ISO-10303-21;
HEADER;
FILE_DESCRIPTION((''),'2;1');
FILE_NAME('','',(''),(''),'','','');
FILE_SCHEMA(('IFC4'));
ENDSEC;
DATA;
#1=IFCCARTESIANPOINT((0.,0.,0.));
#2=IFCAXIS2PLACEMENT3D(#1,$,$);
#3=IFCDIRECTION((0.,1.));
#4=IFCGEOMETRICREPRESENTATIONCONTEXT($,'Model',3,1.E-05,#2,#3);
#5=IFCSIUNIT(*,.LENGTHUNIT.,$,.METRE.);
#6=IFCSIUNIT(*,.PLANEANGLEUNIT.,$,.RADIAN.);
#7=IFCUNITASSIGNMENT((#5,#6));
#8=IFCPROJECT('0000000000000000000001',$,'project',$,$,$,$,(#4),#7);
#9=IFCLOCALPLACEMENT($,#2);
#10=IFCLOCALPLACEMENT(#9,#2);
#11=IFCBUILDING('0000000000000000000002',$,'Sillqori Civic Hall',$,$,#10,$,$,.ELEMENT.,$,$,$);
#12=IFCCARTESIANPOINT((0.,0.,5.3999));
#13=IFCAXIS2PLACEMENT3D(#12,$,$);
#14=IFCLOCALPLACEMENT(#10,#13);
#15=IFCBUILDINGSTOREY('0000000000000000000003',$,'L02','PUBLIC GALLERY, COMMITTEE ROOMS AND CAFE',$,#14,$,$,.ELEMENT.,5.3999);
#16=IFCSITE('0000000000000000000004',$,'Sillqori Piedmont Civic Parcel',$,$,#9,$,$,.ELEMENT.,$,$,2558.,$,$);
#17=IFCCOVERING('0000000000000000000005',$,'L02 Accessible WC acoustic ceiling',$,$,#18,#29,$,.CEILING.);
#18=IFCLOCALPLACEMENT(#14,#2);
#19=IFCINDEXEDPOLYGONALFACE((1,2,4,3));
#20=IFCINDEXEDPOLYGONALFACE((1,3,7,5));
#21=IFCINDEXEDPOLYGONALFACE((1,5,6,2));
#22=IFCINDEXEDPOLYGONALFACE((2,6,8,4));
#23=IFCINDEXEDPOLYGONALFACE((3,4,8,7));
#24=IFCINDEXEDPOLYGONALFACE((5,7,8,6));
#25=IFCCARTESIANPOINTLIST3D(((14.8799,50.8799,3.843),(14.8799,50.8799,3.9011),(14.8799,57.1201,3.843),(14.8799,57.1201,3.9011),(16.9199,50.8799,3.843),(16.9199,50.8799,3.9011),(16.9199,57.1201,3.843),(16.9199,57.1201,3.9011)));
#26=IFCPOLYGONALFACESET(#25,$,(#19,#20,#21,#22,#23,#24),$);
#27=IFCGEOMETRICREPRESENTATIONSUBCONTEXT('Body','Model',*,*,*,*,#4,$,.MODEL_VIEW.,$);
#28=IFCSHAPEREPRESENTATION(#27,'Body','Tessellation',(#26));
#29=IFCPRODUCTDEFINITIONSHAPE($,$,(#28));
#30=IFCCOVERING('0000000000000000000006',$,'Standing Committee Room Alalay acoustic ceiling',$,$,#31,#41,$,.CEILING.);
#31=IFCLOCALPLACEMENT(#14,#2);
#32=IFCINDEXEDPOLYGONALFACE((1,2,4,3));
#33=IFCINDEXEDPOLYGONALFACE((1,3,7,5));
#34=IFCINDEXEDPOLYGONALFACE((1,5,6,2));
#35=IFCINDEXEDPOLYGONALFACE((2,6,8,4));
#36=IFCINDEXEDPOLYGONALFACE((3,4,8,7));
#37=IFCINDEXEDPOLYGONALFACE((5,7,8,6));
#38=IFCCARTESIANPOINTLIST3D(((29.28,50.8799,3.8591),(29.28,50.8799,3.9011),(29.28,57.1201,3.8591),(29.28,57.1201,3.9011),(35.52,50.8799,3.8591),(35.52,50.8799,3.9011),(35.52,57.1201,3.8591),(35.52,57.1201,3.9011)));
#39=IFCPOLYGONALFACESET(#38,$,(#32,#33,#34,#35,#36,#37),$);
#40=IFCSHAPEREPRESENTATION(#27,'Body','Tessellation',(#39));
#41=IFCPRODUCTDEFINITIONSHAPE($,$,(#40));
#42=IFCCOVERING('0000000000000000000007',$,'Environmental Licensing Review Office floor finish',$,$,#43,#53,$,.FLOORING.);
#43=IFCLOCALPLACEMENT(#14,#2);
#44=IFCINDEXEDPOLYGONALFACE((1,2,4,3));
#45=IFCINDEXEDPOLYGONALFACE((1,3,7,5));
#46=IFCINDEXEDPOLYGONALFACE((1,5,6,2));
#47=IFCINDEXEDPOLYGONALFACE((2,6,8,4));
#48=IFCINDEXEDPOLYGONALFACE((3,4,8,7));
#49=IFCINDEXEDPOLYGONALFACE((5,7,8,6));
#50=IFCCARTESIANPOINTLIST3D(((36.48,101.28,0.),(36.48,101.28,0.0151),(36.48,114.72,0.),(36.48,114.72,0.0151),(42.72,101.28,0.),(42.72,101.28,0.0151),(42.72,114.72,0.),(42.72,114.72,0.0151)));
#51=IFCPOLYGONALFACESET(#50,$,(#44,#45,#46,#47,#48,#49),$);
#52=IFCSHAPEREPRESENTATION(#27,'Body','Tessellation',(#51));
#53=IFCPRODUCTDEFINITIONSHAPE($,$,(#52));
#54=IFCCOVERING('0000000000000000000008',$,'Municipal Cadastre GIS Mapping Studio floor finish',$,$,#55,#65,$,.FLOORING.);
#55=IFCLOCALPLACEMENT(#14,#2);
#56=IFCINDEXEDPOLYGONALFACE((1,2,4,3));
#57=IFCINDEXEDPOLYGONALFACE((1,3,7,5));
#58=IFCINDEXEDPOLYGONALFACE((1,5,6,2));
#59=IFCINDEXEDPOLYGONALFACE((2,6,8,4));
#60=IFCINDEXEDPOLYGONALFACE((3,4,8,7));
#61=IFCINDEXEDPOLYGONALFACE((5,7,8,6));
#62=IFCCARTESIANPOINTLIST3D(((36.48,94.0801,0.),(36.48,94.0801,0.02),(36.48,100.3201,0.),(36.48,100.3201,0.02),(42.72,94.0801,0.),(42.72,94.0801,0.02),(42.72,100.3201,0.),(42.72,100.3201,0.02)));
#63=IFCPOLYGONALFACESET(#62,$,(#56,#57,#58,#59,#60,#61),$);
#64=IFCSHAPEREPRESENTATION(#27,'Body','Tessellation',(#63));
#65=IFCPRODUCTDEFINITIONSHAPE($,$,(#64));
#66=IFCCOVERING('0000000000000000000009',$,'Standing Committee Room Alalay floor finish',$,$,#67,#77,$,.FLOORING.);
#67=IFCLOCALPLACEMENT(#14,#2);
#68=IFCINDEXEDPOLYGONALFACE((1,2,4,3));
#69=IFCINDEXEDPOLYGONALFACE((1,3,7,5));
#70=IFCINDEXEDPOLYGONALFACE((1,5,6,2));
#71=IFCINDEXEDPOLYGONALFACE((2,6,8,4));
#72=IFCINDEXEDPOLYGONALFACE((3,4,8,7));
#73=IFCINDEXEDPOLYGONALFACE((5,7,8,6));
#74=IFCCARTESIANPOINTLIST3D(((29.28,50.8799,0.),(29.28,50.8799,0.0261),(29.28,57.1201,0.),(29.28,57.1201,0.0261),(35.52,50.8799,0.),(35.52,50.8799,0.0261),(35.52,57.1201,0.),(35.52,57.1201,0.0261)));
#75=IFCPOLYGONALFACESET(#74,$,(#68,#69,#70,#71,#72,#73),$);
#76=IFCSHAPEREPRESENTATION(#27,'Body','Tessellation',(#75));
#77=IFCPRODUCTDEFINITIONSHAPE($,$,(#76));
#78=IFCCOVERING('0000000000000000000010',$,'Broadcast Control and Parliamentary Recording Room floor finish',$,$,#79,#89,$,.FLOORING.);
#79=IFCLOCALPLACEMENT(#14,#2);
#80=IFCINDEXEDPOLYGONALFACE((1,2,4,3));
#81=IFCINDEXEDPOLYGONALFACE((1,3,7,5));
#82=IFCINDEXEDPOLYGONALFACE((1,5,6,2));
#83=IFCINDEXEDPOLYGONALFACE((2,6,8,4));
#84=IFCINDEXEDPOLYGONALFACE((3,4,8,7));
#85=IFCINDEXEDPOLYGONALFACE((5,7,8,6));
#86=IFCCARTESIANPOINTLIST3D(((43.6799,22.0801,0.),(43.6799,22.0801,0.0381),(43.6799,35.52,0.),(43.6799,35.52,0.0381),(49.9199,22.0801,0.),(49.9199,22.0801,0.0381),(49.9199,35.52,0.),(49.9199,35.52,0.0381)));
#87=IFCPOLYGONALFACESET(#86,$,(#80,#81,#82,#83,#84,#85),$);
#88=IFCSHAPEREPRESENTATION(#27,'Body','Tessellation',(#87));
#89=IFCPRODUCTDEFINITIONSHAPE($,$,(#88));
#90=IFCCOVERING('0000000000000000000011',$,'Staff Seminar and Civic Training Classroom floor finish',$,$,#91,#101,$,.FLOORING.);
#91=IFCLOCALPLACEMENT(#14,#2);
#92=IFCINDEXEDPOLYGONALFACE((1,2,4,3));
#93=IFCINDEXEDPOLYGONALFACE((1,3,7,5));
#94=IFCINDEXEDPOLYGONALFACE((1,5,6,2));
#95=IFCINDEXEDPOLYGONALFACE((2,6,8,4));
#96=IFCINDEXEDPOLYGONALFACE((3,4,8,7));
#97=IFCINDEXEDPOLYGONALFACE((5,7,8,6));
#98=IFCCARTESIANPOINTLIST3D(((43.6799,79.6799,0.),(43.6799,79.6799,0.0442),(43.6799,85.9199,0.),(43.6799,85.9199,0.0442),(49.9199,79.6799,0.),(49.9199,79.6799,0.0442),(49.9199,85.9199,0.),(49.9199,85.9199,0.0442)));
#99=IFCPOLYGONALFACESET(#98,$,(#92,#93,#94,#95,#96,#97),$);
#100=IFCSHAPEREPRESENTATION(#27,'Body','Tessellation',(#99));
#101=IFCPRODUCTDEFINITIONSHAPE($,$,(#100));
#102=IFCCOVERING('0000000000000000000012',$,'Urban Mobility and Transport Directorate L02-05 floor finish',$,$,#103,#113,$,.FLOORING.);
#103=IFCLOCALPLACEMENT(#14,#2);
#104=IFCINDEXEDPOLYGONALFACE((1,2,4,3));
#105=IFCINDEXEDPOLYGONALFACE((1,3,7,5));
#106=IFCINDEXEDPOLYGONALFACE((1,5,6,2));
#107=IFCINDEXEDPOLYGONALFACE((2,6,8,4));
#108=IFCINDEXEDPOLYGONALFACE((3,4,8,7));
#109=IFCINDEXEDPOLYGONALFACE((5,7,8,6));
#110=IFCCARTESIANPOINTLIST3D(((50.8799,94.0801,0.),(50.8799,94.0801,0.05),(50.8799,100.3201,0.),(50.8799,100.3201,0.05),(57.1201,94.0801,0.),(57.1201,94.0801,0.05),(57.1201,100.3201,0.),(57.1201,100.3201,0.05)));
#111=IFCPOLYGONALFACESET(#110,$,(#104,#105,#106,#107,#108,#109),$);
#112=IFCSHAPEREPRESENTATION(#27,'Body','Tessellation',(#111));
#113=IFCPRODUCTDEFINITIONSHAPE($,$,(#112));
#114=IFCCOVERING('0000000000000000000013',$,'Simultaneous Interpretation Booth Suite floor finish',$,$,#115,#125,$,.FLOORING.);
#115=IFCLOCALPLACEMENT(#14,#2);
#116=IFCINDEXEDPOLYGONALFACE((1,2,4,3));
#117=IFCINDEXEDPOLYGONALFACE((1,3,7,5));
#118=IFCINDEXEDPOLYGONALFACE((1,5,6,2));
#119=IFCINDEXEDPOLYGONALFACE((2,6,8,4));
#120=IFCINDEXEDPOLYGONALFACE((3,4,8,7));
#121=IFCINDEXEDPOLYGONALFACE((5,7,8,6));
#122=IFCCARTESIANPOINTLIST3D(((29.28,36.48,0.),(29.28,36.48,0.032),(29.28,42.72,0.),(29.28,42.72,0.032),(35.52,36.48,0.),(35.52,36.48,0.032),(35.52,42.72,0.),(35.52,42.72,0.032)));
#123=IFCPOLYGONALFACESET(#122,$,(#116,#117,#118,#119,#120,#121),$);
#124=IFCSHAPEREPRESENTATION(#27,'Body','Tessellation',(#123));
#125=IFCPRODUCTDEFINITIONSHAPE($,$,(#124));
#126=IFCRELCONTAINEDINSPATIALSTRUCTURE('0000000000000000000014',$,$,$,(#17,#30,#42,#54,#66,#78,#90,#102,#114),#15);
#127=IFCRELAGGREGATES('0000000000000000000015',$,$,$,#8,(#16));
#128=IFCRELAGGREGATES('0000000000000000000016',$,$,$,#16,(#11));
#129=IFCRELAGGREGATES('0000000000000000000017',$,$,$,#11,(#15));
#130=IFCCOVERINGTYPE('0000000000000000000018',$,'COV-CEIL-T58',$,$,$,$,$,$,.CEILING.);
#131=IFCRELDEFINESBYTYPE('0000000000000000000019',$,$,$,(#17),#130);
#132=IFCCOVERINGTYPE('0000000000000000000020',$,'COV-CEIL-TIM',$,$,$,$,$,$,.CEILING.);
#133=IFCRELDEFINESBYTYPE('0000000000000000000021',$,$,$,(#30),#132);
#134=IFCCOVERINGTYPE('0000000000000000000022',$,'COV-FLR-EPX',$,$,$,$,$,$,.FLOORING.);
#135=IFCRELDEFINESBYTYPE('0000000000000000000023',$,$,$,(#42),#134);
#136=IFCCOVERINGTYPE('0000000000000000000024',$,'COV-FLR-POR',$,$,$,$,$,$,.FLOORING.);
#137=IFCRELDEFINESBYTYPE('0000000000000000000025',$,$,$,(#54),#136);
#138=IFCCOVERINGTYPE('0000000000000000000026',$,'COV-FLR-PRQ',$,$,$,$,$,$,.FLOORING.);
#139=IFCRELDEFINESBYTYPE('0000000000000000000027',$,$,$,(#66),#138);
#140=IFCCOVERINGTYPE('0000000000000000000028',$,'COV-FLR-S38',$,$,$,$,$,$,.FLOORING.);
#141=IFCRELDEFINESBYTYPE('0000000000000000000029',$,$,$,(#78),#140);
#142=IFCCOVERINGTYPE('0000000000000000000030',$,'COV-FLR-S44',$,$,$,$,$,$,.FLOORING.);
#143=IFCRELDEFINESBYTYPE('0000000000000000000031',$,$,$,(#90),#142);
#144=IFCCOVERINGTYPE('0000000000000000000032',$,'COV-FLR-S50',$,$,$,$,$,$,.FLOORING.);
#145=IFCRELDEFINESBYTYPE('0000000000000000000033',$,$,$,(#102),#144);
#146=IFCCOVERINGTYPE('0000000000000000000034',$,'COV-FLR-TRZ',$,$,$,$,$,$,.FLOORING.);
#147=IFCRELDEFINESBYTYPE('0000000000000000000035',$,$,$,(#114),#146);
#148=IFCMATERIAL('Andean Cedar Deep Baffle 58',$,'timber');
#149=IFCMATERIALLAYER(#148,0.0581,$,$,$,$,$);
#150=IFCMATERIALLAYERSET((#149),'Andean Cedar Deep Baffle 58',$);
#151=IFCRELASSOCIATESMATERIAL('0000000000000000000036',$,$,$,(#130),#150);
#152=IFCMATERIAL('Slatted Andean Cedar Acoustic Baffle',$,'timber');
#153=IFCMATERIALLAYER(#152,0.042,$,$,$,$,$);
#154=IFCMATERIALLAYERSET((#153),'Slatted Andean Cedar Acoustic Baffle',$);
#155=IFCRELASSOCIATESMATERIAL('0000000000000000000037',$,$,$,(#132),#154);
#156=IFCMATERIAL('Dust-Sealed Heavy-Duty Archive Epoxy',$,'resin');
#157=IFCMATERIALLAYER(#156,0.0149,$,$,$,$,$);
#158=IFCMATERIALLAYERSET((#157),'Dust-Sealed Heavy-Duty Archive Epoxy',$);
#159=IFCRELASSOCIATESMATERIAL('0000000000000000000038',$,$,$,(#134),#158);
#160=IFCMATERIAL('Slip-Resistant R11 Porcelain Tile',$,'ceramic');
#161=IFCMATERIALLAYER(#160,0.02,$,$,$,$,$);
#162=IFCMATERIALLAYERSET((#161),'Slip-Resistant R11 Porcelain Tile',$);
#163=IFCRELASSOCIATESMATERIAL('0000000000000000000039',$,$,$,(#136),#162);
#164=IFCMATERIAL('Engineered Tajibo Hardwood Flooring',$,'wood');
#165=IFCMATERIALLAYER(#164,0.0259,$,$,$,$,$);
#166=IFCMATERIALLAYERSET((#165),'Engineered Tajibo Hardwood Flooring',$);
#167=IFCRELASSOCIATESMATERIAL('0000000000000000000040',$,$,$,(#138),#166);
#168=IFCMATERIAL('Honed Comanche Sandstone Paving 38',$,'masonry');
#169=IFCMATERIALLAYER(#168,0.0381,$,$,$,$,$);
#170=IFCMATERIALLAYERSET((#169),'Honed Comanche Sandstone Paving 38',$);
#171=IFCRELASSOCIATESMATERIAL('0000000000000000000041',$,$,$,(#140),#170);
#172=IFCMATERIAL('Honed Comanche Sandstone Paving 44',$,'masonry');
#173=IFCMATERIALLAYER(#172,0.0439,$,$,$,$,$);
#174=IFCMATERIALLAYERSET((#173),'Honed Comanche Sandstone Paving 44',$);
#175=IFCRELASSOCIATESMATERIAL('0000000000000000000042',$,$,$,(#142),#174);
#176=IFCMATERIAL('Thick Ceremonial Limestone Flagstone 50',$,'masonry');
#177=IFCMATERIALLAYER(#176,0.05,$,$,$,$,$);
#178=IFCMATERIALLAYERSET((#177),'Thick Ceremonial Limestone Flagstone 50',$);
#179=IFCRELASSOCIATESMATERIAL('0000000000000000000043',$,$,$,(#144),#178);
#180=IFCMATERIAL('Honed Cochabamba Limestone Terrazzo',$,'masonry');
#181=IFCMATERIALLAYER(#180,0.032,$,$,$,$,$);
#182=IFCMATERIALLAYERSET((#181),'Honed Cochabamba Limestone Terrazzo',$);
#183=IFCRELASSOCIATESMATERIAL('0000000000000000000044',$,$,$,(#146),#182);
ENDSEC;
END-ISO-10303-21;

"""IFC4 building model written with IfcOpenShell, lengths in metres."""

from ifc_helpers import new_model, si_unit, direction, frame, origin, place, context, subcontext, project, spatial, polyline, outline, extrude, material, layer, layer_set, type_object, element, save


model = new_model("IFC4")

# Units and contexts
model_context = context("Model", 3, precision=1e-05, world=origin(), true_north=direction((0.0, 1.0)))
body_context = subcontext(model_context, "Body", "Model", "MODEL_VIEW")
ifc_project = project(units=[si_unit("LENGTHUNIT", "METRE"), si_unit("PLANEANGLEUNIT", "RADIAN")], contexts=[model_context])

# Site, building, storey
site_placement = place(None, origin())
site = spatial("IfcSite", under=ifc_project, at=site_placement, Name="Sillqori Piedmont Civic Parcel", CompositionType="ELEMENT", RefElevation=2558.0)
building_placement = place(site_placement, origin())
building = spatial("IfcBuilding", under=site, at=building_placement, Name="Sillqori Civic Hall", CompositionType="ELEMENT")
storey_placement = place(building_placement, frame((0.0, 0.0, 5.3999)))
storey = spatial("IfcBuildingStorey", under=building, at=storey_placement, Name="L02", Description="PUBLIC GALLERY, COMMITTEE ROOMS AND CAFE", CompositionType="ELEMENT", Elevation=5.3999)

# Coverings
ifc_material_1 = material(Name="Andean Cedar Deep Baffle 58", Category="timber")
ifc_layer_1 = layer(ifc_material_1, 0.0581)
ifc_layer_set_1 = layer_set([ifc_layer_1], Name="Andean Cedar Deep Baffle 58")
covering_type_1 = type_object("IfcCoveringType", Name="COV-CEIL-T58", PredefinedType="CEILING", material=ifc_layer_set_1)
covering_1_placement = place(storey_placement, frame((0.0, 0.0, 3.843)))
element("IfcCovering", 1, at=covering_1_placement, inside=storey, type_object=covering_type_1, Name="L02 Accessible WC acoustic ceiling", PredefinedType="CEILING", context=body_context, shape_type="SweptSolid", body=[
    extrude(outline(polyline([(14.8799, 50.8799), (16.9199, 50.8799), (16.9199, 57.1201), (14.8799, 57.1201), (14.8799, 50.8799)])), origin(), (0.0, 0.0, 1.0), 0.0581),
])
ifc_material_2 = material(Name="Slatted Andean Cedar Acoustic Baffle", Category="timber")
ifc_layer_2 = layer(ifc_material_2, 0.042)
ifc_layer_set_2 = layer_set([ifc_layer_2], Name="Slatted Andean Cedar Acoustic Baffle")
covering_type_2 = type_object("IfcCoveringType", Name="COV-CEIL-TIM", PredefinedType="CEILING", material=ifc_layer_set_2)
covering_2_placement = place(storey_placement, frame((0.0, 0.0, 3.8591)))
element("IfcCovering", 2, at=covering_2_placement, inside=storey, type_object=covering_type_2, Name="Standing Committee Room Alalay acoustic ceiling", PredefinedType="CEILING", context=body_context, shape_type="SweptSolid", body=[
    extrude(outline(polyline([(29.28, 50.8799), (35.52, 50.8799), (35.52, 57.1201), (29.28, 57.1201), (29.28, 50.8799)])), origin(), (0.0, 0.0, 1.0), 0.042),
])
ifc_material_3 = material(Name="Dust-Sealed Heavy-Duty Archive Epoxy", Category="resin")
ifc_layer_3 = layer(ifc_material_3, 0.0149)
ifc_layer_set_3 = layer_set([ifc_layer_3], Name="Dust-Sealed Heavy-Duty Archive Epoxy")
covering_type_3 = type_object("IfcCoveringType", Name="COV-FLR-EPX", PredefinedType="FLOORING", material=ifc_layer_set_3)
covering_3_placement = place(storey_placement, origin())
element("IfcCovering", 3, at=covering_3_placement, inside=storey, type_object=covering_type_3, Name="Environmental Licensing Review Office floor finish", PredefinedType="FLOORING", context=body_context, shape_type="SweptSolid", body=[
    extrude(outline(polyline([(36.48, 101.28), (42.72, 101.28), (42.72, 114.72), (36.48, 114.72), (36.48, 101.28)])), origin(), (0.0, 0.0, 1.0), 0.0151),
])
ifc_material_4 = material(Name="Slip-Resistant R11 Porcelain Tile", Category="ceramic")
ifc_layer_4 = layer(ifc_material_4, 0.02)
ifc_layer_set_4 = layer_set([ifc_layer_4], Name="Slip-Resistant R11 Porcelain Tile")
covering_type_4 = type_object("IfcCoveringType", Name="COV-FLR-POR", PredefinedType="FLOORING", material=ifc_layer_set_4)
covering_4_placement = place(storey_placement, origin())
element("IfcCovering", 4, at=covering_4_placement, inside=storey, type_object=covering_type_4, Name="Municipal Cadastre GIS Mapping Studio floor finish", PredefinedType="FLOORING", context=body_context, shape_type="SweptSolid", body=[
    extrude(outline(polyline([(36.48, 94.0801), (42.72, 94.0801), (42.72, 100.3201), (36.48, 100.3201), (36.48, 94.0801)])), origin(), (0.0, 0.0, 1.0), 0.02),
])
ifc_material_5 = material(Name="Engineered Tajibo Hardwood Flooring", Category="wood")
ifc_layer_5 = layer(ifc_material_5, 0.0259)
ifc_layer_set_5 = layer_set([ifc_layer_5], Name="Engineered Tajibo Hardwood Flooring")
covering_type_5 = type_object("IfcCoveringType", Name="COV-FLR-PRQ", PredefinedType="FLOORING", material=ifc_layer_set_5)
covering_5_placement = place(storey_placement, origin())
element("IfcCovering", 5, at=covering_5_placement, inside=storey, type_object=covering_type_5, Name="Standing Committee Room Alalay floor finish", PredefinedType="FLOORING", context=body_context, shape_type="SweptSolid", body=[
    extrude(outline(polyline([(29.28, 50.8799), (35.52, 50.8799), (35.52, 57.1201), (29.28, 57.1201), (29.28, 50.8799)])), origin(), (0.0, 0.0, 1.0), 0.0261),
])
ifc_material_6 = material(Name="Honed Comanche Sandstone Paving 38", Category="masonry")
ifc_layer_6 = layer(ifc_material_6, 0.0381)
ifc_layer_set_6 = layer_set([ifc_layer_6], Name="Honed Comanche Sandstone Paving 38")
covering_type_6 = type_object("IfcCoveringType", Name="COV-FLR-S38", PredefinedType="FLOORING", material=ifc_layer_set_6)
covering_6_placement = place(storey_placement, origin())
element("IfcCovering", 6, at=covering_6_placement, inside=storey, type_object=covering_type_6, Name="Broadcast Control and Parliamentary Recording Room floor finish", PredefinedType="FLOORING", context=body_context, shape_type="SweptSolid", body=[
    extrude(outline(polyline([(43.6799, 22.0801), (49.9199, 22.0801), (49.9199, 35.52), (43.6799, 35.52), (43.6799, 22.0801)])), origin(), (0.0, 0.0, 1.0), 0.0381),
])
ifc_material_7 = material(Name="Honed Comanche Sandstone Paving 44", Category="masonry")
ifc_layer_7 = layer(ifc_material_7, 0.0439)
ifc_layer_set_7 = layer_set([ifc_layer_7], Name="Honed Comanche Sandstone Paving 44")
covering_type_7 = type_object("IfcCoveringType", Name="COV-FLR-S44", PredefinedType="FLOORING", material=ifc_layer_set_7)
covering_7_placement = place(storey_placement, origin())
element("IfcCovering", 7, at=covering_7_placement, inside=storey, type_object=covering_type_7, Name="Staff Seminar and Civic Training Classroom floor finish", PredefinedType="FLOORING", context=body_context, shape_type="SweptSolid", body=[
    extrude(outline(polyline([(43.6799, 79.6799), (49.9199, 79.6799), (49.9199, 85.9199), (43.6799, 85.9199), (43.6799, 79.6799)])), origin(), (0.0, 0.0, 1.0), 0.0442),
])
ifc_material_8 = material(Name="Thick Ceremonial Limestone Flagstone 50", Category="masonry")
ifc_layer_8 = layer(ifc_material_8, 0.05)
ifc_layer_set_8 = layer_set([ifc_layer_8], Name="Thick Ceremonial Limestone Flagstone 50")
covering_type_8 = type_object("IfcCoveringType", Name="COV-FLR-S50", PredefinedType="FLOORING", material=ifc_layer_set_8)
covering_8_placement = place(storey_placement, origin())
element("IfcCovering", 8, at=covering_8_placement, inside=storey, type_object=covering_type_8, Name="Urban Mobility and Transport Directorate L02-05 floor finish", PredefinedType="FLOORING", context=body_context, shape_type="SweptSolid", body=[
    extrude(outline(polyline([(50.8799, 94.0801), (57.1201, 94.0801), (57.1201, 100.3201), (50.8799, 100.3201), (50.8799, 94.0801)])), origin(), (0.0, 0.0, 1.0), 0.05),
])
ifc_material_9 = material(Name="Honed Cochabamba Limestone Terrazzo", Category="masonry")
ifc_layer_9 = layer(ifc_material_9, 0.032)
ifc_layer_set_9 = layer_set([ifc_layer_9], Name="Honed Cochabamba Limestone Terrazzo")
covering_type_9 = type_object("IfcCoveringType", Name="COV-FLR-TRZ", PredefinedType="FLOORING", material=ifc_layer_set_9)
covering_9_placement = place(storey_placement, origin())
element("IfcCovering", 9, at=covering_9_placement, inside=storey, type_object=covering_type_9, Name="Simultaneous Interpretation Booth Suite floor finish", PredefinedType="FLOORING", context=body_context, shape_type="SweptSolid", body=[
    extrude(outline(polyline([(29.28, 36.48), (35.52, 36.48), (35.52, 42.72), (29.28, 42.72), (29.28, 36.48)])), origin(), (0.0, 0.0, 1.0), 0.032),
])

save(model, "model.ifc")
